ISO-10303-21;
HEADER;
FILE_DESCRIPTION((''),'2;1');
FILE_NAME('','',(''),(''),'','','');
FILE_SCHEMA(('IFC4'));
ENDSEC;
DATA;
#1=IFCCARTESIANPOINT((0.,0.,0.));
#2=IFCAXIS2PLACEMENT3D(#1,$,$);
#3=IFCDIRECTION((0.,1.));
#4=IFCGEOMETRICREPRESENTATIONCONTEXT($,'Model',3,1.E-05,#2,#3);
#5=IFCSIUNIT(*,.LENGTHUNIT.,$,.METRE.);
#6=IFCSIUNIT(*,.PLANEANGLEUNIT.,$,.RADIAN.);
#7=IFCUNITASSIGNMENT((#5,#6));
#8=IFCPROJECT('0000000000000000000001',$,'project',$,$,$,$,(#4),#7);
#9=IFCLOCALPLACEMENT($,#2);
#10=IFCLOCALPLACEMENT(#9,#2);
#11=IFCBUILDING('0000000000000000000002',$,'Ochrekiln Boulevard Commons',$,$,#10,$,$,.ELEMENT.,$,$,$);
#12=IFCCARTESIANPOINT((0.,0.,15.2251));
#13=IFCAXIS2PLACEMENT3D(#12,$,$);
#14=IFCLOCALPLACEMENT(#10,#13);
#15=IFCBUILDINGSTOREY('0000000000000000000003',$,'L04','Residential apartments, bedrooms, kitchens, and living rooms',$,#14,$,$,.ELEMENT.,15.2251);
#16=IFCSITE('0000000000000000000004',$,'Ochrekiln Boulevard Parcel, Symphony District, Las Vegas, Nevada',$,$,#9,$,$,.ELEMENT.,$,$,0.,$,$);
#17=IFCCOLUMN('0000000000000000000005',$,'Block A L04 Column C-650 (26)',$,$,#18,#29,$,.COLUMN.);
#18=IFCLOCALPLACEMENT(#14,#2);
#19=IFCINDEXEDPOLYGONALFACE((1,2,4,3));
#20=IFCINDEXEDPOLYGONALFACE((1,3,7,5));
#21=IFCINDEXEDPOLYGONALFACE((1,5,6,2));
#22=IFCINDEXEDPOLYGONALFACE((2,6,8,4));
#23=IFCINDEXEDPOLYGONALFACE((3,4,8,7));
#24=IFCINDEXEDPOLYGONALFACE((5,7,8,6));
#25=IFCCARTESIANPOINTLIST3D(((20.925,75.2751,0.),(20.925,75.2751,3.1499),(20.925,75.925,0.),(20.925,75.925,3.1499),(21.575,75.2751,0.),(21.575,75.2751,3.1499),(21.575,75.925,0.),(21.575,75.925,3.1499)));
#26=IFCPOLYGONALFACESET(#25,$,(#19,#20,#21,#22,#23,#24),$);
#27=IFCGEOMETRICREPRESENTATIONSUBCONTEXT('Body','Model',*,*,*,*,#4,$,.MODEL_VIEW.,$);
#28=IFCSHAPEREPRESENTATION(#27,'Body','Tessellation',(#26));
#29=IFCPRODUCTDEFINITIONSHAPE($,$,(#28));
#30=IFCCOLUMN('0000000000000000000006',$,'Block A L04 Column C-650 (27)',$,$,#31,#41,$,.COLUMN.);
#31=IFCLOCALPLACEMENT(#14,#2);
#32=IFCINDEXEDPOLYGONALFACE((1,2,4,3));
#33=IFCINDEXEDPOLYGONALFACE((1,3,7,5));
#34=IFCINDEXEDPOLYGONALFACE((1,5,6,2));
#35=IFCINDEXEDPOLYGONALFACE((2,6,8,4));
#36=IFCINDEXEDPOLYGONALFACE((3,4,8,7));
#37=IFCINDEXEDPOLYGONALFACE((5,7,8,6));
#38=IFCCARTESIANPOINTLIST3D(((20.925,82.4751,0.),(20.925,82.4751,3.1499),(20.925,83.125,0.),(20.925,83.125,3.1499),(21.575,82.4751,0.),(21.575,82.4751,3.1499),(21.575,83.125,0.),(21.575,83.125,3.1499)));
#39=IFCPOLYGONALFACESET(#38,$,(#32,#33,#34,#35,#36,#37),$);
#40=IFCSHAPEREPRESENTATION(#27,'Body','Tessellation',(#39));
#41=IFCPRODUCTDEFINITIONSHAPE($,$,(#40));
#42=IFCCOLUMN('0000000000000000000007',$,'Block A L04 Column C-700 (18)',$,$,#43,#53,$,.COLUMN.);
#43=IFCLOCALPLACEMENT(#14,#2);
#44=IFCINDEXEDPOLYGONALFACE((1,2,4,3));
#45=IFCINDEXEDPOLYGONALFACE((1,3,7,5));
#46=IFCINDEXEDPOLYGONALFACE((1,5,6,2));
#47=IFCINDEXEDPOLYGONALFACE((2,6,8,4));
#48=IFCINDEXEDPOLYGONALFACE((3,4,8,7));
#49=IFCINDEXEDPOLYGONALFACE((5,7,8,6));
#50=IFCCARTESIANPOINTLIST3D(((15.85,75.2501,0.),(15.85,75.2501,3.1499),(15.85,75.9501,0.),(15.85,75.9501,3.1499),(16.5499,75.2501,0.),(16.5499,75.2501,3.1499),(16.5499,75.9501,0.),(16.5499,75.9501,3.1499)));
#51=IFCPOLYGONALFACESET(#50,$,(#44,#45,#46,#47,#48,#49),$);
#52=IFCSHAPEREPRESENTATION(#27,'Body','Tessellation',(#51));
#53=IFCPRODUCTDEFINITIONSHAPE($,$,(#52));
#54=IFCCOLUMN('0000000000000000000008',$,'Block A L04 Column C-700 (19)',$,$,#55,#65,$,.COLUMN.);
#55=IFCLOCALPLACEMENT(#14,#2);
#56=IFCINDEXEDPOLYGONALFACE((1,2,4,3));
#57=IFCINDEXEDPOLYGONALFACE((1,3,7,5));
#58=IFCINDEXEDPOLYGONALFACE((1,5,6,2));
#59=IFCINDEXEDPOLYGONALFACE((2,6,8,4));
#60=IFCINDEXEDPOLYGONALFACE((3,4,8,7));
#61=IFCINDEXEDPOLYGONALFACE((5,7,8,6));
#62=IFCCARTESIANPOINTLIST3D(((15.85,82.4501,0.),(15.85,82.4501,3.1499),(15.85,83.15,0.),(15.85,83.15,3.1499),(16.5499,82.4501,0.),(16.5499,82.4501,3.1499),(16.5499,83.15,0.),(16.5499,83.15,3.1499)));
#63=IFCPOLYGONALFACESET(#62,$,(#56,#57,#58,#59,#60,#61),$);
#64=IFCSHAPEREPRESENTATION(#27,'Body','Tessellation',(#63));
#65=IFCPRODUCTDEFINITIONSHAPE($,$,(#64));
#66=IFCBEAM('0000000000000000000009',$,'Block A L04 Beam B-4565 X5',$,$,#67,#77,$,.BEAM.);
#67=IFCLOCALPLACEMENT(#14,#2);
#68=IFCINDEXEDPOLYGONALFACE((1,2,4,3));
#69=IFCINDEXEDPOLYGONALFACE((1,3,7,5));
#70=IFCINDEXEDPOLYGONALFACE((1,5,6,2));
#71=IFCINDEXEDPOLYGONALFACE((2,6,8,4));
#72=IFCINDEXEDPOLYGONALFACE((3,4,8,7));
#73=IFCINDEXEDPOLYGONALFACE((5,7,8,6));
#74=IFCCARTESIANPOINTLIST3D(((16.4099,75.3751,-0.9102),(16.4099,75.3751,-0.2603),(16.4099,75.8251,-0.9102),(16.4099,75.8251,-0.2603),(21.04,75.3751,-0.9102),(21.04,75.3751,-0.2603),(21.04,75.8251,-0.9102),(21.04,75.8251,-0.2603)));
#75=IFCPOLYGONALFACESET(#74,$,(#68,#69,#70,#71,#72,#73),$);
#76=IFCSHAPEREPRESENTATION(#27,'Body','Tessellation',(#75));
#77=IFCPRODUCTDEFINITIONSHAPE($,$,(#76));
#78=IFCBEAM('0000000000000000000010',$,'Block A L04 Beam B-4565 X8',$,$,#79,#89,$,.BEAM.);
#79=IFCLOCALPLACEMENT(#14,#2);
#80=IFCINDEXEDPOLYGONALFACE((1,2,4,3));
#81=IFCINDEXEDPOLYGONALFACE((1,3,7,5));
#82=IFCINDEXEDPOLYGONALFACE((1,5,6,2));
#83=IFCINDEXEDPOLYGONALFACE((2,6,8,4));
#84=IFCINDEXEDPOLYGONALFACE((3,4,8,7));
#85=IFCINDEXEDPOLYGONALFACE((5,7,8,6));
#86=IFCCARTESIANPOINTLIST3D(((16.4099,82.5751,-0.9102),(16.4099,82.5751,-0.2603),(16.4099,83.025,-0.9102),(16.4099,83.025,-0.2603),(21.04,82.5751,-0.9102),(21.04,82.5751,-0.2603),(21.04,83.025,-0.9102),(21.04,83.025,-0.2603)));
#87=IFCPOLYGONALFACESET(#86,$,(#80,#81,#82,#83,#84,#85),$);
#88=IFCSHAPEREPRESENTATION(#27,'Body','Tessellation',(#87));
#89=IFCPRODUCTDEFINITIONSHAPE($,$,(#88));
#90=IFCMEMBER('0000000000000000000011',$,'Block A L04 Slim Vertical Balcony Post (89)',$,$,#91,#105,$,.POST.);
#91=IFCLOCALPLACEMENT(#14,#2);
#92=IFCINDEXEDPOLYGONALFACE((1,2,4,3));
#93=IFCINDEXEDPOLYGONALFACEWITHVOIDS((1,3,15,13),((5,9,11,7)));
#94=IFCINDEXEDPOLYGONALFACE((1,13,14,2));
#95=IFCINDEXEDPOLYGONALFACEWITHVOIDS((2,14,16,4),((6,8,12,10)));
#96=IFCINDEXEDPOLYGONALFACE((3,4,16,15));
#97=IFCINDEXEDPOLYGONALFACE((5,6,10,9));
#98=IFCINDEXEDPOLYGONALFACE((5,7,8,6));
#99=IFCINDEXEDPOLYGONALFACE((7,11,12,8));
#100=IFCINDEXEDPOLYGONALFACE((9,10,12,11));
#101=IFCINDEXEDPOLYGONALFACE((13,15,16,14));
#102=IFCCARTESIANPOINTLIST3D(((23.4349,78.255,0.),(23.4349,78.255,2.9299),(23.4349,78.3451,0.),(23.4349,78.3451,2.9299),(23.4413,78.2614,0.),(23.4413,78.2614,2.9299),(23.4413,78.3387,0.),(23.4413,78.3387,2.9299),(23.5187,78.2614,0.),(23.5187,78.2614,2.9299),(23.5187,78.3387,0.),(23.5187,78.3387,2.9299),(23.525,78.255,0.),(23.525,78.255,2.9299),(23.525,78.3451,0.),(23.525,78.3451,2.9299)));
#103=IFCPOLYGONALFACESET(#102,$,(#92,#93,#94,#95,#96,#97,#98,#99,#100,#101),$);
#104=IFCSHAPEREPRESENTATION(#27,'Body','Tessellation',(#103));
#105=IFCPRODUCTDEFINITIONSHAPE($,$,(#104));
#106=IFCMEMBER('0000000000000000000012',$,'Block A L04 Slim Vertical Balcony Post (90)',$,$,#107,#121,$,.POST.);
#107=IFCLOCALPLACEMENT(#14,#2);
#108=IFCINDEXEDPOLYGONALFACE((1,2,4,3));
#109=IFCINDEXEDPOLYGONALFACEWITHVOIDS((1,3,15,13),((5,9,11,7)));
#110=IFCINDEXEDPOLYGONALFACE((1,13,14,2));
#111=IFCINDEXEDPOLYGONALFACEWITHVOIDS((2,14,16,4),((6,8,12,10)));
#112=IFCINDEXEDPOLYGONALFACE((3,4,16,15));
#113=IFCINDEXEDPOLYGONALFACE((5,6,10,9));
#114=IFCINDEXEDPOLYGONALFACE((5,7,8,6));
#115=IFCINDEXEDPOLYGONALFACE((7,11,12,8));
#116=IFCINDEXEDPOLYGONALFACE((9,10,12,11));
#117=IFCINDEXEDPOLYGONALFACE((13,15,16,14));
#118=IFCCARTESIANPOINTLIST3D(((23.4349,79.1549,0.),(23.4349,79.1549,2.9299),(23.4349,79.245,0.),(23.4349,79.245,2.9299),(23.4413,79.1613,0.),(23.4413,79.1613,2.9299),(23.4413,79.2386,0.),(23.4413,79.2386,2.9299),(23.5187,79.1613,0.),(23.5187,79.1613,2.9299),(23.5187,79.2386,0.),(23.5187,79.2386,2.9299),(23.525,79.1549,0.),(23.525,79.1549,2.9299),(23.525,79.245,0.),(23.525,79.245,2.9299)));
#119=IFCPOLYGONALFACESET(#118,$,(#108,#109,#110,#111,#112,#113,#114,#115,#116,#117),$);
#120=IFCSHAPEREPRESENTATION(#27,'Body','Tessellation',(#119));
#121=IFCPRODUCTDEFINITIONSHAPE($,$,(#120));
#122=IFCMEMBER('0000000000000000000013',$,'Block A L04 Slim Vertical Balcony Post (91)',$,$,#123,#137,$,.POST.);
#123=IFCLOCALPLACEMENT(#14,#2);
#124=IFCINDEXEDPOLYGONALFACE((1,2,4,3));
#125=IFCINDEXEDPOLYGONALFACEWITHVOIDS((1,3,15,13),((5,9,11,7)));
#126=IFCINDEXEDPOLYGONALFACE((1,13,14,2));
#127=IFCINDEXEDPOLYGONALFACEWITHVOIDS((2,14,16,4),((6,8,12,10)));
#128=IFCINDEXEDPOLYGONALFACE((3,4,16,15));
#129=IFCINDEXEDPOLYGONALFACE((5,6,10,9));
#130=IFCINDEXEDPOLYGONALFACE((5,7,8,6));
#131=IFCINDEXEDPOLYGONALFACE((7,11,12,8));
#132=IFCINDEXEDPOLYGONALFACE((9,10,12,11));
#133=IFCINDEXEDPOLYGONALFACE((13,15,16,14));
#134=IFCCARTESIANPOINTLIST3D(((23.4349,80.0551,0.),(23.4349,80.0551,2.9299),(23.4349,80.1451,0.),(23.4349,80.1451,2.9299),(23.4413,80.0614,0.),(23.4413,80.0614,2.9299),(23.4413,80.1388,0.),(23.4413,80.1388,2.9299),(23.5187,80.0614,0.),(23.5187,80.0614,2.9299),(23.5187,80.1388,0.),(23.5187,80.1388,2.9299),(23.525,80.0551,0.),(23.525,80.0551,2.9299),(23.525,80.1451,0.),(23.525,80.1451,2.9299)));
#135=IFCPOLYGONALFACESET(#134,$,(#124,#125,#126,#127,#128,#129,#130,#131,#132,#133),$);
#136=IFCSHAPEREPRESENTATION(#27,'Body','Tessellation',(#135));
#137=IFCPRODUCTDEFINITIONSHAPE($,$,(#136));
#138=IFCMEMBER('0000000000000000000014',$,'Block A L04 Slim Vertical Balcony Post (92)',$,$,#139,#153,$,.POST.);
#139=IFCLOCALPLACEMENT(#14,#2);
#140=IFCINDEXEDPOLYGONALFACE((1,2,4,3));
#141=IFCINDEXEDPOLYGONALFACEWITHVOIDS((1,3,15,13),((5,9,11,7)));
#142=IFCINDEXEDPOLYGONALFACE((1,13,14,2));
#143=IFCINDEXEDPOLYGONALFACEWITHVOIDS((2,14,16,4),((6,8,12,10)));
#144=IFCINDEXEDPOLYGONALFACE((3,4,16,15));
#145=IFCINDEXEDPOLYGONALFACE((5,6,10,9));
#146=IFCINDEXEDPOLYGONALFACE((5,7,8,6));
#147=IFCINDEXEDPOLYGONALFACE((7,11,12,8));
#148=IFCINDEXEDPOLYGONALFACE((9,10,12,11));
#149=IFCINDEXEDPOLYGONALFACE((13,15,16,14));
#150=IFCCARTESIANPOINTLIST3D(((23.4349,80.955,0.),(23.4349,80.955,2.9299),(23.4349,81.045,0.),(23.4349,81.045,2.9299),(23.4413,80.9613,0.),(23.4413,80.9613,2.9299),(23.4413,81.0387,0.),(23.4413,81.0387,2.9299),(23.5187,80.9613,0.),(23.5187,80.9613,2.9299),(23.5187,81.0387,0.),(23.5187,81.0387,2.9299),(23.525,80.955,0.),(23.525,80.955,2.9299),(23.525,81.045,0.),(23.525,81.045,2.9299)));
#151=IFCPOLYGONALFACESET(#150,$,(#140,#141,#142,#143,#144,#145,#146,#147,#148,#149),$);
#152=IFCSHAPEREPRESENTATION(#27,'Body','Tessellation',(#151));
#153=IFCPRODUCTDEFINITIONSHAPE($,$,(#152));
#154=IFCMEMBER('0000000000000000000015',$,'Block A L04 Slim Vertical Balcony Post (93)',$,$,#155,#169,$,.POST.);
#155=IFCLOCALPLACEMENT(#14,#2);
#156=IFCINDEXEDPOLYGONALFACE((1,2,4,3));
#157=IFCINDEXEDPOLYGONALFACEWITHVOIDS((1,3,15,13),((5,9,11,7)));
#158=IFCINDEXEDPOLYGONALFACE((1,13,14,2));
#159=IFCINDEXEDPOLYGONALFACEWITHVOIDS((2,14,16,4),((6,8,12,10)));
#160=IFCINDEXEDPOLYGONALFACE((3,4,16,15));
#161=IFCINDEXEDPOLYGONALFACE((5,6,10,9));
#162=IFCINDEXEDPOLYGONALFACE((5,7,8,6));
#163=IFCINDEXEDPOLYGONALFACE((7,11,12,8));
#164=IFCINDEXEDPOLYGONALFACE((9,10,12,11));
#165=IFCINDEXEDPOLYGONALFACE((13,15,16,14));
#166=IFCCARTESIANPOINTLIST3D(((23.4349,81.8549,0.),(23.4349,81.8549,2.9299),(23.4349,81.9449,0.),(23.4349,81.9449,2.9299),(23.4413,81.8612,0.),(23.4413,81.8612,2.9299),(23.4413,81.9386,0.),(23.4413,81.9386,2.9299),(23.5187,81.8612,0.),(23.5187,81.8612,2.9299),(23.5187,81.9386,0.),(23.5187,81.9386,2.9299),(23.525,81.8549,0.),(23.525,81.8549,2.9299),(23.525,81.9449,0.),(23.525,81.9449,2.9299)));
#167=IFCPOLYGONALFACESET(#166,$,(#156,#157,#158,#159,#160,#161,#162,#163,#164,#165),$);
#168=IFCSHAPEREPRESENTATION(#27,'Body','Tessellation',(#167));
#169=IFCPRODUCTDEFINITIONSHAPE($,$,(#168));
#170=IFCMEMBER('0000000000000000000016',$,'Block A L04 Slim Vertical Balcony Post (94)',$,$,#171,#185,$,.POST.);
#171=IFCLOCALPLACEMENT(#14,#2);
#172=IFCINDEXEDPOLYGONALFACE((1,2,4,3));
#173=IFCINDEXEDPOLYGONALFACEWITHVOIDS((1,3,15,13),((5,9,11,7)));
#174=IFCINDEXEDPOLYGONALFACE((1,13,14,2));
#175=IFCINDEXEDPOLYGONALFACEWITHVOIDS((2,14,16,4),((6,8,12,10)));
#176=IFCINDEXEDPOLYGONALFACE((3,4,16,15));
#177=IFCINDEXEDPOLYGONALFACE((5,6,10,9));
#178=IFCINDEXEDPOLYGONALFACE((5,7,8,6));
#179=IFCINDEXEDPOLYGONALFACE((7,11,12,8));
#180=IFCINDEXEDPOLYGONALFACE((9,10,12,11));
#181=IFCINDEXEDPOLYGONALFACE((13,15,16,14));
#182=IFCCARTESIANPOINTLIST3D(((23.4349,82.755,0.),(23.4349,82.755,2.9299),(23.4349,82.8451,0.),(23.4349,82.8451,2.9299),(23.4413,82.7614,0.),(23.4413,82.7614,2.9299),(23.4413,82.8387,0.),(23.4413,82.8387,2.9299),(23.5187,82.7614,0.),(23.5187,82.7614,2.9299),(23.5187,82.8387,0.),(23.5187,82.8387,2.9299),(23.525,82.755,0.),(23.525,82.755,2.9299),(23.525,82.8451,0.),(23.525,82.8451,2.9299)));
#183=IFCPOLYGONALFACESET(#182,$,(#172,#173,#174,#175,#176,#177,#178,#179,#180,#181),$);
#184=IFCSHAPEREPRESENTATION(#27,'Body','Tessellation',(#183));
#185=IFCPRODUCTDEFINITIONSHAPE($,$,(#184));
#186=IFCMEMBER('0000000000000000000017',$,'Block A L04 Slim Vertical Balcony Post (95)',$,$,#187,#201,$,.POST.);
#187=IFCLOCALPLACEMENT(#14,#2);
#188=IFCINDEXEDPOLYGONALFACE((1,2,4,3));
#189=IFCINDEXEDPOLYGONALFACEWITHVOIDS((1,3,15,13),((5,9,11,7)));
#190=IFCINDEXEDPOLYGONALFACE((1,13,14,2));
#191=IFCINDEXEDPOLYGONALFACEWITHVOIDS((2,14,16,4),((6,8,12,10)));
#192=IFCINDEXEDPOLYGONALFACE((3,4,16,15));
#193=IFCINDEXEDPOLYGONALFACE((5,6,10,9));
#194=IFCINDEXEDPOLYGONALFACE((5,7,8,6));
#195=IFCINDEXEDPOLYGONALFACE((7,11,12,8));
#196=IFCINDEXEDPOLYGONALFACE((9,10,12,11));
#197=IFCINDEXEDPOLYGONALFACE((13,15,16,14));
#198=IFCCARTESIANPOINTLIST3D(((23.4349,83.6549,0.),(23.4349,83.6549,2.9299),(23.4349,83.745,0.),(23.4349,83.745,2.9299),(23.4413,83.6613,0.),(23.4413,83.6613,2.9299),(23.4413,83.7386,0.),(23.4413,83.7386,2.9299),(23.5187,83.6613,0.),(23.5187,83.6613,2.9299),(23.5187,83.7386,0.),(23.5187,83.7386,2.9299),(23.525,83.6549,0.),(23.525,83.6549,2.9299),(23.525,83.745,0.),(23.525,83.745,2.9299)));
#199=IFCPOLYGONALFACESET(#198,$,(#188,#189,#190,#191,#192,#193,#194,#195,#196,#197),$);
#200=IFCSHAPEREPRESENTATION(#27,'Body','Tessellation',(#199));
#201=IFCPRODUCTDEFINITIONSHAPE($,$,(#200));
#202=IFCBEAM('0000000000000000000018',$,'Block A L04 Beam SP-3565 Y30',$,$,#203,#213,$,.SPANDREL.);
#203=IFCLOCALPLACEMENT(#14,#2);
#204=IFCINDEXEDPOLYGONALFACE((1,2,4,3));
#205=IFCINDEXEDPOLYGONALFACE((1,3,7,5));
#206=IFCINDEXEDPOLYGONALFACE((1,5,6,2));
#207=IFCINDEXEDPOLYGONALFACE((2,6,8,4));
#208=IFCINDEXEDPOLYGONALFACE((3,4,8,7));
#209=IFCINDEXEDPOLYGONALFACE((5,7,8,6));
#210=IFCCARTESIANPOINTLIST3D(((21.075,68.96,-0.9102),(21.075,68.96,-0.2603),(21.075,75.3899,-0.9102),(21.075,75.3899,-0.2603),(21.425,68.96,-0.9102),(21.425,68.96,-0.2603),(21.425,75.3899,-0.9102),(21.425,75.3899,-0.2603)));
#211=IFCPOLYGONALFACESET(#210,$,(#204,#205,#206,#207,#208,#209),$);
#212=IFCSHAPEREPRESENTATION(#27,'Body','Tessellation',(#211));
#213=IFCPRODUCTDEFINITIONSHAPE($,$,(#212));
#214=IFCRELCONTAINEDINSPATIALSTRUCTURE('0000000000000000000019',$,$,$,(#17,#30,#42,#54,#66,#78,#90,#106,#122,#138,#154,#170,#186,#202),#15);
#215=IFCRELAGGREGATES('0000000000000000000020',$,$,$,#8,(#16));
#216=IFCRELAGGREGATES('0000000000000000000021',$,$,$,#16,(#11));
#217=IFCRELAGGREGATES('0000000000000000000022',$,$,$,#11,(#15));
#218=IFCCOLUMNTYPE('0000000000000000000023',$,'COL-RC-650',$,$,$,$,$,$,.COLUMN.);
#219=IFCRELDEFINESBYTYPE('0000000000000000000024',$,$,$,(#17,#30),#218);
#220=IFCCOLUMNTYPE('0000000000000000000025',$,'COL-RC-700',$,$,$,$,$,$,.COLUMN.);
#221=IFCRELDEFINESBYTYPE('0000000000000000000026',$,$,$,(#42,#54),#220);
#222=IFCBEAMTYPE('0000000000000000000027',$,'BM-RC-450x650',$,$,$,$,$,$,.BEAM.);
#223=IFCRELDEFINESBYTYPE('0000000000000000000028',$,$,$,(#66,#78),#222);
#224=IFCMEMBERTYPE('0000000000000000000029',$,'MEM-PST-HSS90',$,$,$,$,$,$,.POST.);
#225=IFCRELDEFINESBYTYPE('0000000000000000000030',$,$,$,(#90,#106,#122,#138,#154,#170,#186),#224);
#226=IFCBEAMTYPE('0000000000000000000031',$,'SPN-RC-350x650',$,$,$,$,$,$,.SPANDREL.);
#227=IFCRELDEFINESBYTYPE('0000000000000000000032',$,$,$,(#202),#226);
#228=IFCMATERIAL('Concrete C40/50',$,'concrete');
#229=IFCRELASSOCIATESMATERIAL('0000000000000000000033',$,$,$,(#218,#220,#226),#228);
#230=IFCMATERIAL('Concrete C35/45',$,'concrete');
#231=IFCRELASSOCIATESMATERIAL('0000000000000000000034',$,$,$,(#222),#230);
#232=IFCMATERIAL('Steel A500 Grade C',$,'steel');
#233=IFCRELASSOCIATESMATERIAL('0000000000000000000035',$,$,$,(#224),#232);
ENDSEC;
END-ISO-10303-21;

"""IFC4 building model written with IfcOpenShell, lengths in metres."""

from ifc_helpers import new_model, si_unit, direction, frame, origin, origin_2d, place, context, subcontext, project, spatial, rectangle, hollow_rectangle, extrude, material, material_profile, profile_set, type_object, element, save


model = new_model("IFC4")

# Units and contexts
model_context = context("Model", 3, precision=1e-05, world=origin(), true_north=direction((0.0, 1.0)))
body_context = subcontext(model_context, "Body", "Model", "MODEL_VIEW")
ifc_project = project(units=[si_unit("LENGTHUNIT", "METRE"), si_unit("PLANEANGLEUNIT", "RADIAN")], contexts=[model_context])

# Site, building, storey
site_placement = place(None, origin())
site = spatial("IfcSite", under=ifc_project, at=site_placement, Name="Ochrekiln Boulevard Parcel, Symphony District, Las Vegas, Nevada", CompositionType="ELEMENT", RefElevation=0.0)
building_placement = place(site_placement, origin())
building = spatial("IfcBuilding", under=site, at=building_placement, Name="Ochrekiln Boulevard Commons", CompositionType="ELEMENT")
storey_placement = place(building_placement, frame((0.0, 0.0, 15.2251)))
storey = spatial("IfcBuildingStorey", under=building, at=storey_placement, Name="L04", Description="Residential apartments, bedrooms, kitchens, and living rooms", CompositionType="ELEMENT", Elevation=15.2251)

# Columns
ifc_material_1 = material(Name="Concrete C40/50", Category="concrete")
ifc_material_profile_1 = material_profile(ifc_material_1, rectangle(XDim=0.6499, YDim=0.6499, at=origin_2d()), Name="RC-COL-650x650")
ifc_profile_set_1 = profile_set([ifc_material_profile_1], Name="Concrete C40/50")
column_type_1 = type_object("IfcColumnType", Name="COL-RC-650", PredefinedType="COLUMN", material=ifc_profile_set_1)
for number, where, z_axis, x_axis, name in (
    (1, (21.25, 75.6001, 0.0), (0.0, 0.0, 1.0), (1.0, 0.0, 0.0), "Block A L04 Column C-650 (26)"),
    (2, (21.25, 82.8, 0.0), (0.0, 0.0, 1.0), (1.0, 0.0, 0.0), "Block A L04 Column C-650 (27)"),
):
    element("IfcColumn", number, at=place(storey_placement, frame(where, z_axis=z_axis, x_axis=x_axis)), inside=storey, type_object=column_type_1, Name=name, PredefinedType="COLUMN", context=body_context, shape_type="SweptSolid", body=[
        extrude(rectangle(XDim=0.6499, YDim=0.6499, at=origin_2d()), origin(), (0.0, 0.0, 1.0), 3.1499),
    ])
ifc_material_profile_2 = material_profile(ifc_material_1, rectangle(XDim=0.7, YDim=0.7, at=origin_2d()), Name="RC-COL-700x700")
ifc_profile_set_2 = profile_set([ifc_material_profile_2], Name="Concrete C40/50")
column_type_2 = type_object("IfcColumnType", Name="COL-RC-700", PredefinedType="COLUMN", material=ifc_profile_set_2)
for number, where, z_axis, x_axis, name in (
    (3, (16.2, 75.6001, 0.0), (0.0, 0.0, 1.0), (1.0, 0.0, 0.0), "Block A L04 Column C-700 (18)"),
    (4, (16.2, 82.8, 0.0), (0.0, 0.0, 1.0), (1.0, 0.0, 0.0), "Block A L04 Column C-700 (19)"),
):
    element("IfcColumn", number, at=place(storey_placement, frame(where, z_axis=z_axis, x_axis=x_axis)), inside=storey, type_object=column_type_2, Name=name, PredefinedType="COLUMN", context=body_context, shape_type="SweptSolid", body=[
        extrude(rectangle(XDim=0.7, YDim=0.7, at=origin_2d()), origin(), (0.0, 0.0, 1.0), 3.1499),
    ])

# Beams
ifc_material_2 = material(Name="Concrete C35/45", Category="concrete")
ifc_material_profile_3 = material_profile(ifc_material_2, rectangle(XDim=0.45, YDim=0.6499, at=origin_2d()), Name="RC-BM-450x650")
ifc_profile_set_3 = profile_set([ifc_material_profile_3], Name="Concrete C35/45")
beam_type_1 = type_object("IfcBeamType", Name="BM-RC-450x650", PredefinedType="BEAM", material=ifc_profile_set_3)
for number, where, z_axis, x_axis, name in (
    (5, (16.4099, 75.6001, -0.5852), (1.0, 0.0, 0.0), (0.0, 1.0, 0.0), "Block A L04 Beam B-4565 X5"),
    (6, (16.4099, 82.8, -0.5852), (1.0, 0.0, 0.0), (0.0, 1.0, 0.0), "Block A L04 Beam B-4565 X8"),
):
    element("IfcBeam", number, at=place(storey_placement, frame(where, z_axis=z_axis, x_axis=x_axis)), inside=storey, type_object=beam_type_1, Name=name, PredefinedType="BEAM", context=body_context, shape_type="SweptSolid", body=[
        extrude(rectangle(XDim=0.45, YDim=0.6499, at=origin_2d()), origin(), (0.0, 0.0, 1.0), 4.6301),
    ])

# Members
ifc_material_3 = material(Name="Steel A500 Grade C", Category="steel")
ifc_material_profile_4 = material_profile(ifc_material_3, hollow_rectangle(XDim=0.0901, YDim=0.0901, WallThickness=0.0063, at=origin_2d()), Name="HSS90X90X6.4")
ifc_profile_set_4 = profile_set([ifc_material_profile_4], Name="Steel A500 Grade C")
member_type = type_object("IfcMemberType", Name="MEM-PST-HSS90", PredefinedType="POST", material=ifc_profile_set_4)
for number, where, z_axis, x_axis, name in (
    (7, (23.48, 78.3, 0.0), (0.0, 0.0, 1.0), (1.0, 0.0, 0.0), "Block A L04 Slim Vertical Balcony Post (89)"),
    (8, (23.48, 79.2, 0.0), (0.0, 0.0, 1.0), (1.0, 0.0, 0.0), "Block A L04 Slim Vertical Balcony Post (90)"),
    (9, (23.48, 80.1001, 0.0), (0.0, 0.0, 1.0), (1.0, 0.0, 0.0), "Block A L04 Slim Vertical Balcony Post (91)"),
    (10, (23.48, 81.0, 0.0), (0.0, 0.0, 1.0), (1.0, 0.0, 0.0), "Block A L04 Slim Vertical Balcony Post (92)"),
    (11, (23.48, 81.8999, 0.0), (0.0, 0.0, 1.0), (1.0, 0.0, 0.0), "Block A L04 Slim Vertical Balcony Post (93)"),
    (12, (23.48, 82.8, 0.0), (0.0, 0.0, 1.0), (1.0, 0.0, 0.0), "Block A L04 Slim Vertical Balcony Post (94)"),
    (13, (23.48, 83.7, 0.0), (0.0, 0.0, 1.0), (1.0, 0.0, 0.0), "Block A L04 Slim Vertical Balcony Post (95)"),
):
    element("IfcMember", number, at=place(storey_placement, frame(where, z_axis=z_axis, x_axis=x_axis)), inside=storey, type_object=member_type, Name=name, PredefinedType="POST", context=body_context, shape_type="SweptSolid", body=[
        extrude(hollow_rectangle(XDim=0.0901, YDim=0.0901, WallThickness=0.0063, at=origin_2d()), origin(), (0.0, 0.0, 1.0), 2.9299),
    ])

# Beam
ifc_material_profile_5 = material_profile(ifc_material_1, rectangle(XDim=0.3501, YDim=0.6499, at=origin_2d()), Name="RC-SPN-350x650")
ifc_profile_set_5 = profile_set([ifc_material_profile_5], Name="Concrete C40/50")
beam_type_2 = type_object("IfcBeamType", Name="SPN-RC-350x650", PredefinedType="SPANDREL", material=ifc_profile_set_5)
beam_placement = place(storey_placement, frame((21.25, 68.96, -0.5852), z_axis=(0.0, 1.0, 0.0), x_axis=(-1.0, 0.0, 0.0)))
element("IfcBeam", 14, at=beam_placement, inside=storey, type_object=beam_type_2, Name="Block A L04 Beam SP-3565 Y30", PredefinedType="SPANDREL", context=body_context, shape_type="SweptSolid", body=[
    extrude(rectangle(XDim=0.3501, YDim=0.6499, at=origin_2d()), origin(), (0.0, 0.0, 1.0), 6.4299),
])

save(model, "model.ifc")
